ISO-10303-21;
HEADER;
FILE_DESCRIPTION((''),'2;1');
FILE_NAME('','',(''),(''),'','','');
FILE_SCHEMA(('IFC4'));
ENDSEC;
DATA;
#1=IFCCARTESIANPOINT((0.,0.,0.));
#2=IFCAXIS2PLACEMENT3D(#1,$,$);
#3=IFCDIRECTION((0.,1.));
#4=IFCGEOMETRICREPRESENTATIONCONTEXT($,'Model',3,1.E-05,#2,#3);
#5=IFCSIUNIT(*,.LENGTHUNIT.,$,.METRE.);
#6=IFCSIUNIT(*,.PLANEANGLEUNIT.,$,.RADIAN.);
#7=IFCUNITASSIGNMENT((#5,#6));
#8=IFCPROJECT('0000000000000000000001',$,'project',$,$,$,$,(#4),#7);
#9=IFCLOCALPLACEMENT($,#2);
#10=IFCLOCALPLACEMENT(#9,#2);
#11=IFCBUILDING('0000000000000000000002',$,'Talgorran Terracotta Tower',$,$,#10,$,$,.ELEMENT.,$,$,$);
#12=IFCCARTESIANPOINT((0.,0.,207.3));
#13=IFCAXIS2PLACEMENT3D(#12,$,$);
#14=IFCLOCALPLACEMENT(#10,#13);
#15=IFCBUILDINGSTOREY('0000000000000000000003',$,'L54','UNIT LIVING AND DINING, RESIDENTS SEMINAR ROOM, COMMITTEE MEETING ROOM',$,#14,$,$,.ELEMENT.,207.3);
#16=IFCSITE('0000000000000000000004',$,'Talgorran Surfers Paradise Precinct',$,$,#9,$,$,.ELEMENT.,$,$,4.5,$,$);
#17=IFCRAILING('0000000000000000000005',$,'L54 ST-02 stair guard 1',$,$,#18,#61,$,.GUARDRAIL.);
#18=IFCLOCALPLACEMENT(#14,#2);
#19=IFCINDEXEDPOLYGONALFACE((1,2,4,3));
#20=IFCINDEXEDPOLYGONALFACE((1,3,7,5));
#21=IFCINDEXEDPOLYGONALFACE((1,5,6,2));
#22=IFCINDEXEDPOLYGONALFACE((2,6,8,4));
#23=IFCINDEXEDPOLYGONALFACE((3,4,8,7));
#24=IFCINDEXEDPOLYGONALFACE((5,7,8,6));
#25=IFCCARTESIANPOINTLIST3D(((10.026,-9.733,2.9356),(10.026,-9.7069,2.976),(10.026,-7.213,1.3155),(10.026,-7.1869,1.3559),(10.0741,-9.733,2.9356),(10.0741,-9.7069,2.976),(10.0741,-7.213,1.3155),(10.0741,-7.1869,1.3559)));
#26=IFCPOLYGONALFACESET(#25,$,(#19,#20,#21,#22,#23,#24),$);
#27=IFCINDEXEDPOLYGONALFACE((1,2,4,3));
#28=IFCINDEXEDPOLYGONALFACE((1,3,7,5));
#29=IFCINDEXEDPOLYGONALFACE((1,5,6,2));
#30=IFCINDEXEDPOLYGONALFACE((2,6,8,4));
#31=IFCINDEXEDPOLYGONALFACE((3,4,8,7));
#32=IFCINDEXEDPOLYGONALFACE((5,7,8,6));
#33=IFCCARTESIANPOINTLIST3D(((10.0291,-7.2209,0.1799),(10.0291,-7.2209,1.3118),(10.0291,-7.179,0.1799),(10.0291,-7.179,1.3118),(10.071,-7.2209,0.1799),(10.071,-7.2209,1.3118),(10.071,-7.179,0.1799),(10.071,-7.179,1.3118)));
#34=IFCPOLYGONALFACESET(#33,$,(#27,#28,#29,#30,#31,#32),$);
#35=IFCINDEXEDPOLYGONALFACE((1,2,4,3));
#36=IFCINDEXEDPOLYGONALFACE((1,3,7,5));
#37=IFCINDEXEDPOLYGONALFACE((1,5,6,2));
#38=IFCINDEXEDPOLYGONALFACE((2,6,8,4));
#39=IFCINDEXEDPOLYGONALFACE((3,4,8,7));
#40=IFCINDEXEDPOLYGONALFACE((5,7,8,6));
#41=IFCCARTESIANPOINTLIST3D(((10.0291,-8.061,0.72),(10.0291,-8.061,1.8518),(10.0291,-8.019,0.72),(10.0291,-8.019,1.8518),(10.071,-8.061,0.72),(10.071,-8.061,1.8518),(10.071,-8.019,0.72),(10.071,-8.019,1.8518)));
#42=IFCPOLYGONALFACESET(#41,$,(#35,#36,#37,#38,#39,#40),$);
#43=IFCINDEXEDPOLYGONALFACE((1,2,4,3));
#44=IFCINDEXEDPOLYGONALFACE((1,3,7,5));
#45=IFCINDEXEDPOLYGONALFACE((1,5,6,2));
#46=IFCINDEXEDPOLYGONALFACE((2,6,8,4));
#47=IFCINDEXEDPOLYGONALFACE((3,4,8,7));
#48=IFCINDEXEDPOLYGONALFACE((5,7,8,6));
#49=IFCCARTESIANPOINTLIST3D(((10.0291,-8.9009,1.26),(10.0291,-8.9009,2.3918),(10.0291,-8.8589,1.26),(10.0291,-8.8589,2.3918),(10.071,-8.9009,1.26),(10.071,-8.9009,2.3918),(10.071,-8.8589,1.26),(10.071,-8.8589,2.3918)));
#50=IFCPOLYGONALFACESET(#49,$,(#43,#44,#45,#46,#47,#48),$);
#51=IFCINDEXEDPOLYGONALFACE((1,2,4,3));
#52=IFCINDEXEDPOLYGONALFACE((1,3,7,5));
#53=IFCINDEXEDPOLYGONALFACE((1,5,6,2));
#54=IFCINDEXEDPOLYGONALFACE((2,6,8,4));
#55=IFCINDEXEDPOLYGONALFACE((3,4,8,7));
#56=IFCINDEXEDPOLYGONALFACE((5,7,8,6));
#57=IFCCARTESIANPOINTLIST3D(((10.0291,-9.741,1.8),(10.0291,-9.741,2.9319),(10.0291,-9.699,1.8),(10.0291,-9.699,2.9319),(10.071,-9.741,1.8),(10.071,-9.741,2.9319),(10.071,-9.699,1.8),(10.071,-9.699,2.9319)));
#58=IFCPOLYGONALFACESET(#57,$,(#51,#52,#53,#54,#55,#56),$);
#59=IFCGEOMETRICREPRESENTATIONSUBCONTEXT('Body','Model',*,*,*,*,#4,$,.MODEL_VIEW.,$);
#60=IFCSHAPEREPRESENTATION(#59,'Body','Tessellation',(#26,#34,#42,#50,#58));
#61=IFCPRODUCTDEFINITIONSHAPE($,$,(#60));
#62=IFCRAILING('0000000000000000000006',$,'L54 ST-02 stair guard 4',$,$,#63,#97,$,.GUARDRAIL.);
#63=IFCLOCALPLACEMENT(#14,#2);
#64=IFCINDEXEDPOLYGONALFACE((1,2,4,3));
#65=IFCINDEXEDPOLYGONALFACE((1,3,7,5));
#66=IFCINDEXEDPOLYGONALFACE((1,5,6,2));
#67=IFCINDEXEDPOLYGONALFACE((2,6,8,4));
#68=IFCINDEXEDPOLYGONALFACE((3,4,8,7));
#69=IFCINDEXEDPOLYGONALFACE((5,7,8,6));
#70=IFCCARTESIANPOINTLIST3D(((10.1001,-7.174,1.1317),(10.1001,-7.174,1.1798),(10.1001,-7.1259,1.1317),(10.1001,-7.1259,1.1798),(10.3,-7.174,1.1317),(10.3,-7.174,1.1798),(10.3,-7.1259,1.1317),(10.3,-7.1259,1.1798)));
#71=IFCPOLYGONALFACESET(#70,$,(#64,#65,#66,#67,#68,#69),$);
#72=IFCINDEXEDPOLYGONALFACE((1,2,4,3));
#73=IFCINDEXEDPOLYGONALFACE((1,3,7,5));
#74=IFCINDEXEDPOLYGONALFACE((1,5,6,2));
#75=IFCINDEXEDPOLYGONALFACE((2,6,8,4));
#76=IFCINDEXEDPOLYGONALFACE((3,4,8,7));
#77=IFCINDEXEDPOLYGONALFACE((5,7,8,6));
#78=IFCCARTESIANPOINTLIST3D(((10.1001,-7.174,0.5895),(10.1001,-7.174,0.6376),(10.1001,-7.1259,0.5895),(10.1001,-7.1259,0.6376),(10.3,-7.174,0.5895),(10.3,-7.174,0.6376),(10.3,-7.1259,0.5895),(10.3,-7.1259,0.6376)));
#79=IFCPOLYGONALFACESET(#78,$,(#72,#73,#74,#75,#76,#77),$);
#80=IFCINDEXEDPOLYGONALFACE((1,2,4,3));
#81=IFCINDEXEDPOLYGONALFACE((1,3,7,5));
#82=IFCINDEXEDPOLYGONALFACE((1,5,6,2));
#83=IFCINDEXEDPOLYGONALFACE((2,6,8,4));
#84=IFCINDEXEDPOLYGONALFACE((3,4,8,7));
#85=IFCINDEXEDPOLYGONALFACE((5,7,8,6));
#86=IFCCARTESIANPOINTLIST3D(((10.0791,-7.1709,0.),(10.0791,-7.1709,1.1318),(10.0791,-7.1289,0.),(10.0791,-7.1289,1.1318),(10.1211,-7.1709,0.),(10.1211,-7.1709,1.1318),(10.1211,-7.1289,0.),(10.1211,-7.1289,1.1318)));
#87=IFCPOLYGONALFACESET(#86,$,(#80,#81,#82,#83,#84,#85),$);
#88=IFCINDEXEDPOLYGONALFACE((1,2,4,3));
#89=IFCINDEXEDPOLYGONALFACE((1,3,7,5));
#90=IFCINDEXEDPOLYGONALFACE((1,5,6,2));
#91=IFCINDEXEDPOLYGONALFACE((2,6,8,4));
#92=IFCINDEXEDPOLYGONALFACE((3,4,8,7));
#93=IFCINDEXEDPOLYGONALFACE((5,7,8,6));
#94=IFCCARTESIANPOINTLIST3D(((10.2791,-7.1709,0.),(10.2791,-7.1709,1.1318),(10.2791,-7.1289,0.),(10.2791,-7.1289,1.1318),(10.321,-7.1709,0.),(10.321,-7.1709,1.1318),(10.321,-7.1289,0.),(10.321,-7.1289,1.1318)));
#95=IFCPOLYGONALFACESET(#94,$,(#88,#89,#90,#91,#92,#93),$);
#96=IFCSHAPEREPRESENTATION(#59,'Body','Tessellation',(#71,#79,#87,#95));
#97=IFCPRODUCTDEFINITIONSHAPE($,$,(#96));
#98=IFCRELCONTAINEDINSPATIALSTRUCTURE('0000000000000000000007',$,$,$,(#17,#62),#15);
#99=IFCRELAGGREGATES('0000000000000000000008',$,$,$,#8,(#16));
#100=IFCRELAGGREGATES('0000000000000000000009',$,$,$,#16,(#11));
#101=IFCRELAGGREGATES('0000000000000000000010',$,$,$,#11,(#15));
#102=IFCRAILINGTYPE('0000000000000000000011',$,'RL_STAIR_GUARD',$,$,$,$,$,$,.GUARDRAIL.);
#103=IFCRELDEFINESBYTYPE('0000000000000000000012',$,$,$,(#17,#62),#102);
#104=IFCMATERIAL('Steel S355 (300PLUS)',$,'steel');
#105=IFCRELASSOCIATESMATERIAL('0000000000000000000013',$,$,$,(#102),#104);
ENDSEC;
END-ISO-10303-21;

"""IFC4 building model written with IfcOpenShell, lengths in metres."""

from ifc_helpers import new_model, si_unit, direction, frame, origin, origin_2d, place, context, subcontext, project, spatial, rectangle, extrude, material, type_object, element, save


model = new_model("IFC4")

# Units and contexts
model_context = context("Model", 3, precision=1e-05, world=origin(), true_north=direction((0.0, 1.0)))
body_context = subcontext(model_context, "Body", "Model", "MODEL_VIEW")
ifc_project = project(units=[si_unit("LENGTHUNIT", "METRE"), si_unit("PLANEANGLEUNIT", "RADIAN")], contexts=[model_context])

# Site, building, storey
site_placement = place(None, origin())
site = spatial("IfcSite", under=ifc_project, at=site_placement, Name="Talgorran Surfers Paradise Precinct", CompositionType="ELEMENT", RefElevation=4.5)
building_placement = place(site_placement, origin())
building = spatial("IfcBuilding", under=site, at=building_placement, Name="Talgorran Terracotta Tower", CompositionType="ELEMENT")
storey_placement = place(building_placement, frame((0.0, 0.0, 207.3)))
storey = spatial("IfcBuildingStorey", under=building, at=storey_placement, Name="L54", Description="UNIT LIVING AND DINING, RESIDENTS SEMINAR ROOM, COMMITTEE MEETING ROOM", CompositionType="ELEMENT", Elevation=207.3)

# Shared definitions
ifc_material_1 = material(Name="Steel S355 (300PLUS)", Category="steel")

# Railings
railing_type_1 = type_object("IfcRailingType", Name="RL_STAIR_GUARD", PredefinedType="GUARDRAIL", material=ifc_material_1)
railing_1_placement = place(storey_placement, frame((10.05, -7.2, 0.1799)))
element("IfcRailing", 1, at=railing_1_placement, inside=storey, type_object=railing_type_1, Name="L54 ST-02 stair guard 1", PredefinedType="GUARDRAIL", context=body_context, shape_type="SweptSolid", body=[
    extrude(rectangle(XDim=0.0481, YDim=0.0481, at=origin_2d()), frame((0.0, 0.0, 1.1558), z_axis=(0.0, -0.841163, 0.540782), x_axis=(1.0, 0.0, 0.0)), (0.0, 0.0, 1.0), 2.9958),
    extrude(rectangle(XDim=0.042, YDim=0.042, at=origin_2d()), origin(), (0.0, 0.0, 1.0), 1.1318),
    extrude(rectangle(XDim=0.042, YDim=0.042, at=origin_2d()), frame((0.0, -0.8401, 0.54)), (0.0, 0.0, 1.0), 1.1318),
    extrude(rectangle(XDim=0.042, YDim=0.042, at=origin_2d()), frame((0.0, -1.6799, 1.0801)), (0.0, 0.0, 1.0), 1.1318),
    extrude(rectangle(XDim=0.042, YDim=0.042, at=origin_2d()), frame((0.0, -2.52, 1.6201)), (0.0, 0.0, 1.0), 1.1318),
])
railing_2_placement = place(storey_placement, frame((10.1001, -7.1499, 0.0)))
element("IfcRailing", 2, at=railing_2_placement, inside=storey, type_object=railing_type_1, Name="L54 ST-02 stair guard 4", PredefinedType="GUARDRAIL", context=body_context, shape_type="SweptSolid", body=[
    extrude(rectangle(XDim=0.0481, YDim=0.0481, at=origin_2d()), frame((0.0, 0.0, 1.1558), z_axis=(1.0, 0.0, 0.0), x_axis=(0.0, 1.0, 0.0)), (0.0, 0.0, 1.0), 0.2),
    extrude(rectangle(XDim=0.0481, YDim=0.0481, at=origin_2d()), frame((0.0, 0.0, 0.6135), z_axis=(1.0, 0.0, 0.0), x_axis=(0.0, 1.0, 0.0)), (0.0, 0.0, 1.0), 0.2),
    extrude(rectangle(XDim=0.042, YDim=0.042, at=origin_2d()), origin(), (0.0, 0.0, 1.0), 1.1318),
    extrude(rectangle(XDim=0.042, YDim=0.042, at=origin_2d()), frame((0.2, 0.0, 0.0)), (0.0, 0.0, 1.0), 1.1318),
])

save(model, "model.ifc")
